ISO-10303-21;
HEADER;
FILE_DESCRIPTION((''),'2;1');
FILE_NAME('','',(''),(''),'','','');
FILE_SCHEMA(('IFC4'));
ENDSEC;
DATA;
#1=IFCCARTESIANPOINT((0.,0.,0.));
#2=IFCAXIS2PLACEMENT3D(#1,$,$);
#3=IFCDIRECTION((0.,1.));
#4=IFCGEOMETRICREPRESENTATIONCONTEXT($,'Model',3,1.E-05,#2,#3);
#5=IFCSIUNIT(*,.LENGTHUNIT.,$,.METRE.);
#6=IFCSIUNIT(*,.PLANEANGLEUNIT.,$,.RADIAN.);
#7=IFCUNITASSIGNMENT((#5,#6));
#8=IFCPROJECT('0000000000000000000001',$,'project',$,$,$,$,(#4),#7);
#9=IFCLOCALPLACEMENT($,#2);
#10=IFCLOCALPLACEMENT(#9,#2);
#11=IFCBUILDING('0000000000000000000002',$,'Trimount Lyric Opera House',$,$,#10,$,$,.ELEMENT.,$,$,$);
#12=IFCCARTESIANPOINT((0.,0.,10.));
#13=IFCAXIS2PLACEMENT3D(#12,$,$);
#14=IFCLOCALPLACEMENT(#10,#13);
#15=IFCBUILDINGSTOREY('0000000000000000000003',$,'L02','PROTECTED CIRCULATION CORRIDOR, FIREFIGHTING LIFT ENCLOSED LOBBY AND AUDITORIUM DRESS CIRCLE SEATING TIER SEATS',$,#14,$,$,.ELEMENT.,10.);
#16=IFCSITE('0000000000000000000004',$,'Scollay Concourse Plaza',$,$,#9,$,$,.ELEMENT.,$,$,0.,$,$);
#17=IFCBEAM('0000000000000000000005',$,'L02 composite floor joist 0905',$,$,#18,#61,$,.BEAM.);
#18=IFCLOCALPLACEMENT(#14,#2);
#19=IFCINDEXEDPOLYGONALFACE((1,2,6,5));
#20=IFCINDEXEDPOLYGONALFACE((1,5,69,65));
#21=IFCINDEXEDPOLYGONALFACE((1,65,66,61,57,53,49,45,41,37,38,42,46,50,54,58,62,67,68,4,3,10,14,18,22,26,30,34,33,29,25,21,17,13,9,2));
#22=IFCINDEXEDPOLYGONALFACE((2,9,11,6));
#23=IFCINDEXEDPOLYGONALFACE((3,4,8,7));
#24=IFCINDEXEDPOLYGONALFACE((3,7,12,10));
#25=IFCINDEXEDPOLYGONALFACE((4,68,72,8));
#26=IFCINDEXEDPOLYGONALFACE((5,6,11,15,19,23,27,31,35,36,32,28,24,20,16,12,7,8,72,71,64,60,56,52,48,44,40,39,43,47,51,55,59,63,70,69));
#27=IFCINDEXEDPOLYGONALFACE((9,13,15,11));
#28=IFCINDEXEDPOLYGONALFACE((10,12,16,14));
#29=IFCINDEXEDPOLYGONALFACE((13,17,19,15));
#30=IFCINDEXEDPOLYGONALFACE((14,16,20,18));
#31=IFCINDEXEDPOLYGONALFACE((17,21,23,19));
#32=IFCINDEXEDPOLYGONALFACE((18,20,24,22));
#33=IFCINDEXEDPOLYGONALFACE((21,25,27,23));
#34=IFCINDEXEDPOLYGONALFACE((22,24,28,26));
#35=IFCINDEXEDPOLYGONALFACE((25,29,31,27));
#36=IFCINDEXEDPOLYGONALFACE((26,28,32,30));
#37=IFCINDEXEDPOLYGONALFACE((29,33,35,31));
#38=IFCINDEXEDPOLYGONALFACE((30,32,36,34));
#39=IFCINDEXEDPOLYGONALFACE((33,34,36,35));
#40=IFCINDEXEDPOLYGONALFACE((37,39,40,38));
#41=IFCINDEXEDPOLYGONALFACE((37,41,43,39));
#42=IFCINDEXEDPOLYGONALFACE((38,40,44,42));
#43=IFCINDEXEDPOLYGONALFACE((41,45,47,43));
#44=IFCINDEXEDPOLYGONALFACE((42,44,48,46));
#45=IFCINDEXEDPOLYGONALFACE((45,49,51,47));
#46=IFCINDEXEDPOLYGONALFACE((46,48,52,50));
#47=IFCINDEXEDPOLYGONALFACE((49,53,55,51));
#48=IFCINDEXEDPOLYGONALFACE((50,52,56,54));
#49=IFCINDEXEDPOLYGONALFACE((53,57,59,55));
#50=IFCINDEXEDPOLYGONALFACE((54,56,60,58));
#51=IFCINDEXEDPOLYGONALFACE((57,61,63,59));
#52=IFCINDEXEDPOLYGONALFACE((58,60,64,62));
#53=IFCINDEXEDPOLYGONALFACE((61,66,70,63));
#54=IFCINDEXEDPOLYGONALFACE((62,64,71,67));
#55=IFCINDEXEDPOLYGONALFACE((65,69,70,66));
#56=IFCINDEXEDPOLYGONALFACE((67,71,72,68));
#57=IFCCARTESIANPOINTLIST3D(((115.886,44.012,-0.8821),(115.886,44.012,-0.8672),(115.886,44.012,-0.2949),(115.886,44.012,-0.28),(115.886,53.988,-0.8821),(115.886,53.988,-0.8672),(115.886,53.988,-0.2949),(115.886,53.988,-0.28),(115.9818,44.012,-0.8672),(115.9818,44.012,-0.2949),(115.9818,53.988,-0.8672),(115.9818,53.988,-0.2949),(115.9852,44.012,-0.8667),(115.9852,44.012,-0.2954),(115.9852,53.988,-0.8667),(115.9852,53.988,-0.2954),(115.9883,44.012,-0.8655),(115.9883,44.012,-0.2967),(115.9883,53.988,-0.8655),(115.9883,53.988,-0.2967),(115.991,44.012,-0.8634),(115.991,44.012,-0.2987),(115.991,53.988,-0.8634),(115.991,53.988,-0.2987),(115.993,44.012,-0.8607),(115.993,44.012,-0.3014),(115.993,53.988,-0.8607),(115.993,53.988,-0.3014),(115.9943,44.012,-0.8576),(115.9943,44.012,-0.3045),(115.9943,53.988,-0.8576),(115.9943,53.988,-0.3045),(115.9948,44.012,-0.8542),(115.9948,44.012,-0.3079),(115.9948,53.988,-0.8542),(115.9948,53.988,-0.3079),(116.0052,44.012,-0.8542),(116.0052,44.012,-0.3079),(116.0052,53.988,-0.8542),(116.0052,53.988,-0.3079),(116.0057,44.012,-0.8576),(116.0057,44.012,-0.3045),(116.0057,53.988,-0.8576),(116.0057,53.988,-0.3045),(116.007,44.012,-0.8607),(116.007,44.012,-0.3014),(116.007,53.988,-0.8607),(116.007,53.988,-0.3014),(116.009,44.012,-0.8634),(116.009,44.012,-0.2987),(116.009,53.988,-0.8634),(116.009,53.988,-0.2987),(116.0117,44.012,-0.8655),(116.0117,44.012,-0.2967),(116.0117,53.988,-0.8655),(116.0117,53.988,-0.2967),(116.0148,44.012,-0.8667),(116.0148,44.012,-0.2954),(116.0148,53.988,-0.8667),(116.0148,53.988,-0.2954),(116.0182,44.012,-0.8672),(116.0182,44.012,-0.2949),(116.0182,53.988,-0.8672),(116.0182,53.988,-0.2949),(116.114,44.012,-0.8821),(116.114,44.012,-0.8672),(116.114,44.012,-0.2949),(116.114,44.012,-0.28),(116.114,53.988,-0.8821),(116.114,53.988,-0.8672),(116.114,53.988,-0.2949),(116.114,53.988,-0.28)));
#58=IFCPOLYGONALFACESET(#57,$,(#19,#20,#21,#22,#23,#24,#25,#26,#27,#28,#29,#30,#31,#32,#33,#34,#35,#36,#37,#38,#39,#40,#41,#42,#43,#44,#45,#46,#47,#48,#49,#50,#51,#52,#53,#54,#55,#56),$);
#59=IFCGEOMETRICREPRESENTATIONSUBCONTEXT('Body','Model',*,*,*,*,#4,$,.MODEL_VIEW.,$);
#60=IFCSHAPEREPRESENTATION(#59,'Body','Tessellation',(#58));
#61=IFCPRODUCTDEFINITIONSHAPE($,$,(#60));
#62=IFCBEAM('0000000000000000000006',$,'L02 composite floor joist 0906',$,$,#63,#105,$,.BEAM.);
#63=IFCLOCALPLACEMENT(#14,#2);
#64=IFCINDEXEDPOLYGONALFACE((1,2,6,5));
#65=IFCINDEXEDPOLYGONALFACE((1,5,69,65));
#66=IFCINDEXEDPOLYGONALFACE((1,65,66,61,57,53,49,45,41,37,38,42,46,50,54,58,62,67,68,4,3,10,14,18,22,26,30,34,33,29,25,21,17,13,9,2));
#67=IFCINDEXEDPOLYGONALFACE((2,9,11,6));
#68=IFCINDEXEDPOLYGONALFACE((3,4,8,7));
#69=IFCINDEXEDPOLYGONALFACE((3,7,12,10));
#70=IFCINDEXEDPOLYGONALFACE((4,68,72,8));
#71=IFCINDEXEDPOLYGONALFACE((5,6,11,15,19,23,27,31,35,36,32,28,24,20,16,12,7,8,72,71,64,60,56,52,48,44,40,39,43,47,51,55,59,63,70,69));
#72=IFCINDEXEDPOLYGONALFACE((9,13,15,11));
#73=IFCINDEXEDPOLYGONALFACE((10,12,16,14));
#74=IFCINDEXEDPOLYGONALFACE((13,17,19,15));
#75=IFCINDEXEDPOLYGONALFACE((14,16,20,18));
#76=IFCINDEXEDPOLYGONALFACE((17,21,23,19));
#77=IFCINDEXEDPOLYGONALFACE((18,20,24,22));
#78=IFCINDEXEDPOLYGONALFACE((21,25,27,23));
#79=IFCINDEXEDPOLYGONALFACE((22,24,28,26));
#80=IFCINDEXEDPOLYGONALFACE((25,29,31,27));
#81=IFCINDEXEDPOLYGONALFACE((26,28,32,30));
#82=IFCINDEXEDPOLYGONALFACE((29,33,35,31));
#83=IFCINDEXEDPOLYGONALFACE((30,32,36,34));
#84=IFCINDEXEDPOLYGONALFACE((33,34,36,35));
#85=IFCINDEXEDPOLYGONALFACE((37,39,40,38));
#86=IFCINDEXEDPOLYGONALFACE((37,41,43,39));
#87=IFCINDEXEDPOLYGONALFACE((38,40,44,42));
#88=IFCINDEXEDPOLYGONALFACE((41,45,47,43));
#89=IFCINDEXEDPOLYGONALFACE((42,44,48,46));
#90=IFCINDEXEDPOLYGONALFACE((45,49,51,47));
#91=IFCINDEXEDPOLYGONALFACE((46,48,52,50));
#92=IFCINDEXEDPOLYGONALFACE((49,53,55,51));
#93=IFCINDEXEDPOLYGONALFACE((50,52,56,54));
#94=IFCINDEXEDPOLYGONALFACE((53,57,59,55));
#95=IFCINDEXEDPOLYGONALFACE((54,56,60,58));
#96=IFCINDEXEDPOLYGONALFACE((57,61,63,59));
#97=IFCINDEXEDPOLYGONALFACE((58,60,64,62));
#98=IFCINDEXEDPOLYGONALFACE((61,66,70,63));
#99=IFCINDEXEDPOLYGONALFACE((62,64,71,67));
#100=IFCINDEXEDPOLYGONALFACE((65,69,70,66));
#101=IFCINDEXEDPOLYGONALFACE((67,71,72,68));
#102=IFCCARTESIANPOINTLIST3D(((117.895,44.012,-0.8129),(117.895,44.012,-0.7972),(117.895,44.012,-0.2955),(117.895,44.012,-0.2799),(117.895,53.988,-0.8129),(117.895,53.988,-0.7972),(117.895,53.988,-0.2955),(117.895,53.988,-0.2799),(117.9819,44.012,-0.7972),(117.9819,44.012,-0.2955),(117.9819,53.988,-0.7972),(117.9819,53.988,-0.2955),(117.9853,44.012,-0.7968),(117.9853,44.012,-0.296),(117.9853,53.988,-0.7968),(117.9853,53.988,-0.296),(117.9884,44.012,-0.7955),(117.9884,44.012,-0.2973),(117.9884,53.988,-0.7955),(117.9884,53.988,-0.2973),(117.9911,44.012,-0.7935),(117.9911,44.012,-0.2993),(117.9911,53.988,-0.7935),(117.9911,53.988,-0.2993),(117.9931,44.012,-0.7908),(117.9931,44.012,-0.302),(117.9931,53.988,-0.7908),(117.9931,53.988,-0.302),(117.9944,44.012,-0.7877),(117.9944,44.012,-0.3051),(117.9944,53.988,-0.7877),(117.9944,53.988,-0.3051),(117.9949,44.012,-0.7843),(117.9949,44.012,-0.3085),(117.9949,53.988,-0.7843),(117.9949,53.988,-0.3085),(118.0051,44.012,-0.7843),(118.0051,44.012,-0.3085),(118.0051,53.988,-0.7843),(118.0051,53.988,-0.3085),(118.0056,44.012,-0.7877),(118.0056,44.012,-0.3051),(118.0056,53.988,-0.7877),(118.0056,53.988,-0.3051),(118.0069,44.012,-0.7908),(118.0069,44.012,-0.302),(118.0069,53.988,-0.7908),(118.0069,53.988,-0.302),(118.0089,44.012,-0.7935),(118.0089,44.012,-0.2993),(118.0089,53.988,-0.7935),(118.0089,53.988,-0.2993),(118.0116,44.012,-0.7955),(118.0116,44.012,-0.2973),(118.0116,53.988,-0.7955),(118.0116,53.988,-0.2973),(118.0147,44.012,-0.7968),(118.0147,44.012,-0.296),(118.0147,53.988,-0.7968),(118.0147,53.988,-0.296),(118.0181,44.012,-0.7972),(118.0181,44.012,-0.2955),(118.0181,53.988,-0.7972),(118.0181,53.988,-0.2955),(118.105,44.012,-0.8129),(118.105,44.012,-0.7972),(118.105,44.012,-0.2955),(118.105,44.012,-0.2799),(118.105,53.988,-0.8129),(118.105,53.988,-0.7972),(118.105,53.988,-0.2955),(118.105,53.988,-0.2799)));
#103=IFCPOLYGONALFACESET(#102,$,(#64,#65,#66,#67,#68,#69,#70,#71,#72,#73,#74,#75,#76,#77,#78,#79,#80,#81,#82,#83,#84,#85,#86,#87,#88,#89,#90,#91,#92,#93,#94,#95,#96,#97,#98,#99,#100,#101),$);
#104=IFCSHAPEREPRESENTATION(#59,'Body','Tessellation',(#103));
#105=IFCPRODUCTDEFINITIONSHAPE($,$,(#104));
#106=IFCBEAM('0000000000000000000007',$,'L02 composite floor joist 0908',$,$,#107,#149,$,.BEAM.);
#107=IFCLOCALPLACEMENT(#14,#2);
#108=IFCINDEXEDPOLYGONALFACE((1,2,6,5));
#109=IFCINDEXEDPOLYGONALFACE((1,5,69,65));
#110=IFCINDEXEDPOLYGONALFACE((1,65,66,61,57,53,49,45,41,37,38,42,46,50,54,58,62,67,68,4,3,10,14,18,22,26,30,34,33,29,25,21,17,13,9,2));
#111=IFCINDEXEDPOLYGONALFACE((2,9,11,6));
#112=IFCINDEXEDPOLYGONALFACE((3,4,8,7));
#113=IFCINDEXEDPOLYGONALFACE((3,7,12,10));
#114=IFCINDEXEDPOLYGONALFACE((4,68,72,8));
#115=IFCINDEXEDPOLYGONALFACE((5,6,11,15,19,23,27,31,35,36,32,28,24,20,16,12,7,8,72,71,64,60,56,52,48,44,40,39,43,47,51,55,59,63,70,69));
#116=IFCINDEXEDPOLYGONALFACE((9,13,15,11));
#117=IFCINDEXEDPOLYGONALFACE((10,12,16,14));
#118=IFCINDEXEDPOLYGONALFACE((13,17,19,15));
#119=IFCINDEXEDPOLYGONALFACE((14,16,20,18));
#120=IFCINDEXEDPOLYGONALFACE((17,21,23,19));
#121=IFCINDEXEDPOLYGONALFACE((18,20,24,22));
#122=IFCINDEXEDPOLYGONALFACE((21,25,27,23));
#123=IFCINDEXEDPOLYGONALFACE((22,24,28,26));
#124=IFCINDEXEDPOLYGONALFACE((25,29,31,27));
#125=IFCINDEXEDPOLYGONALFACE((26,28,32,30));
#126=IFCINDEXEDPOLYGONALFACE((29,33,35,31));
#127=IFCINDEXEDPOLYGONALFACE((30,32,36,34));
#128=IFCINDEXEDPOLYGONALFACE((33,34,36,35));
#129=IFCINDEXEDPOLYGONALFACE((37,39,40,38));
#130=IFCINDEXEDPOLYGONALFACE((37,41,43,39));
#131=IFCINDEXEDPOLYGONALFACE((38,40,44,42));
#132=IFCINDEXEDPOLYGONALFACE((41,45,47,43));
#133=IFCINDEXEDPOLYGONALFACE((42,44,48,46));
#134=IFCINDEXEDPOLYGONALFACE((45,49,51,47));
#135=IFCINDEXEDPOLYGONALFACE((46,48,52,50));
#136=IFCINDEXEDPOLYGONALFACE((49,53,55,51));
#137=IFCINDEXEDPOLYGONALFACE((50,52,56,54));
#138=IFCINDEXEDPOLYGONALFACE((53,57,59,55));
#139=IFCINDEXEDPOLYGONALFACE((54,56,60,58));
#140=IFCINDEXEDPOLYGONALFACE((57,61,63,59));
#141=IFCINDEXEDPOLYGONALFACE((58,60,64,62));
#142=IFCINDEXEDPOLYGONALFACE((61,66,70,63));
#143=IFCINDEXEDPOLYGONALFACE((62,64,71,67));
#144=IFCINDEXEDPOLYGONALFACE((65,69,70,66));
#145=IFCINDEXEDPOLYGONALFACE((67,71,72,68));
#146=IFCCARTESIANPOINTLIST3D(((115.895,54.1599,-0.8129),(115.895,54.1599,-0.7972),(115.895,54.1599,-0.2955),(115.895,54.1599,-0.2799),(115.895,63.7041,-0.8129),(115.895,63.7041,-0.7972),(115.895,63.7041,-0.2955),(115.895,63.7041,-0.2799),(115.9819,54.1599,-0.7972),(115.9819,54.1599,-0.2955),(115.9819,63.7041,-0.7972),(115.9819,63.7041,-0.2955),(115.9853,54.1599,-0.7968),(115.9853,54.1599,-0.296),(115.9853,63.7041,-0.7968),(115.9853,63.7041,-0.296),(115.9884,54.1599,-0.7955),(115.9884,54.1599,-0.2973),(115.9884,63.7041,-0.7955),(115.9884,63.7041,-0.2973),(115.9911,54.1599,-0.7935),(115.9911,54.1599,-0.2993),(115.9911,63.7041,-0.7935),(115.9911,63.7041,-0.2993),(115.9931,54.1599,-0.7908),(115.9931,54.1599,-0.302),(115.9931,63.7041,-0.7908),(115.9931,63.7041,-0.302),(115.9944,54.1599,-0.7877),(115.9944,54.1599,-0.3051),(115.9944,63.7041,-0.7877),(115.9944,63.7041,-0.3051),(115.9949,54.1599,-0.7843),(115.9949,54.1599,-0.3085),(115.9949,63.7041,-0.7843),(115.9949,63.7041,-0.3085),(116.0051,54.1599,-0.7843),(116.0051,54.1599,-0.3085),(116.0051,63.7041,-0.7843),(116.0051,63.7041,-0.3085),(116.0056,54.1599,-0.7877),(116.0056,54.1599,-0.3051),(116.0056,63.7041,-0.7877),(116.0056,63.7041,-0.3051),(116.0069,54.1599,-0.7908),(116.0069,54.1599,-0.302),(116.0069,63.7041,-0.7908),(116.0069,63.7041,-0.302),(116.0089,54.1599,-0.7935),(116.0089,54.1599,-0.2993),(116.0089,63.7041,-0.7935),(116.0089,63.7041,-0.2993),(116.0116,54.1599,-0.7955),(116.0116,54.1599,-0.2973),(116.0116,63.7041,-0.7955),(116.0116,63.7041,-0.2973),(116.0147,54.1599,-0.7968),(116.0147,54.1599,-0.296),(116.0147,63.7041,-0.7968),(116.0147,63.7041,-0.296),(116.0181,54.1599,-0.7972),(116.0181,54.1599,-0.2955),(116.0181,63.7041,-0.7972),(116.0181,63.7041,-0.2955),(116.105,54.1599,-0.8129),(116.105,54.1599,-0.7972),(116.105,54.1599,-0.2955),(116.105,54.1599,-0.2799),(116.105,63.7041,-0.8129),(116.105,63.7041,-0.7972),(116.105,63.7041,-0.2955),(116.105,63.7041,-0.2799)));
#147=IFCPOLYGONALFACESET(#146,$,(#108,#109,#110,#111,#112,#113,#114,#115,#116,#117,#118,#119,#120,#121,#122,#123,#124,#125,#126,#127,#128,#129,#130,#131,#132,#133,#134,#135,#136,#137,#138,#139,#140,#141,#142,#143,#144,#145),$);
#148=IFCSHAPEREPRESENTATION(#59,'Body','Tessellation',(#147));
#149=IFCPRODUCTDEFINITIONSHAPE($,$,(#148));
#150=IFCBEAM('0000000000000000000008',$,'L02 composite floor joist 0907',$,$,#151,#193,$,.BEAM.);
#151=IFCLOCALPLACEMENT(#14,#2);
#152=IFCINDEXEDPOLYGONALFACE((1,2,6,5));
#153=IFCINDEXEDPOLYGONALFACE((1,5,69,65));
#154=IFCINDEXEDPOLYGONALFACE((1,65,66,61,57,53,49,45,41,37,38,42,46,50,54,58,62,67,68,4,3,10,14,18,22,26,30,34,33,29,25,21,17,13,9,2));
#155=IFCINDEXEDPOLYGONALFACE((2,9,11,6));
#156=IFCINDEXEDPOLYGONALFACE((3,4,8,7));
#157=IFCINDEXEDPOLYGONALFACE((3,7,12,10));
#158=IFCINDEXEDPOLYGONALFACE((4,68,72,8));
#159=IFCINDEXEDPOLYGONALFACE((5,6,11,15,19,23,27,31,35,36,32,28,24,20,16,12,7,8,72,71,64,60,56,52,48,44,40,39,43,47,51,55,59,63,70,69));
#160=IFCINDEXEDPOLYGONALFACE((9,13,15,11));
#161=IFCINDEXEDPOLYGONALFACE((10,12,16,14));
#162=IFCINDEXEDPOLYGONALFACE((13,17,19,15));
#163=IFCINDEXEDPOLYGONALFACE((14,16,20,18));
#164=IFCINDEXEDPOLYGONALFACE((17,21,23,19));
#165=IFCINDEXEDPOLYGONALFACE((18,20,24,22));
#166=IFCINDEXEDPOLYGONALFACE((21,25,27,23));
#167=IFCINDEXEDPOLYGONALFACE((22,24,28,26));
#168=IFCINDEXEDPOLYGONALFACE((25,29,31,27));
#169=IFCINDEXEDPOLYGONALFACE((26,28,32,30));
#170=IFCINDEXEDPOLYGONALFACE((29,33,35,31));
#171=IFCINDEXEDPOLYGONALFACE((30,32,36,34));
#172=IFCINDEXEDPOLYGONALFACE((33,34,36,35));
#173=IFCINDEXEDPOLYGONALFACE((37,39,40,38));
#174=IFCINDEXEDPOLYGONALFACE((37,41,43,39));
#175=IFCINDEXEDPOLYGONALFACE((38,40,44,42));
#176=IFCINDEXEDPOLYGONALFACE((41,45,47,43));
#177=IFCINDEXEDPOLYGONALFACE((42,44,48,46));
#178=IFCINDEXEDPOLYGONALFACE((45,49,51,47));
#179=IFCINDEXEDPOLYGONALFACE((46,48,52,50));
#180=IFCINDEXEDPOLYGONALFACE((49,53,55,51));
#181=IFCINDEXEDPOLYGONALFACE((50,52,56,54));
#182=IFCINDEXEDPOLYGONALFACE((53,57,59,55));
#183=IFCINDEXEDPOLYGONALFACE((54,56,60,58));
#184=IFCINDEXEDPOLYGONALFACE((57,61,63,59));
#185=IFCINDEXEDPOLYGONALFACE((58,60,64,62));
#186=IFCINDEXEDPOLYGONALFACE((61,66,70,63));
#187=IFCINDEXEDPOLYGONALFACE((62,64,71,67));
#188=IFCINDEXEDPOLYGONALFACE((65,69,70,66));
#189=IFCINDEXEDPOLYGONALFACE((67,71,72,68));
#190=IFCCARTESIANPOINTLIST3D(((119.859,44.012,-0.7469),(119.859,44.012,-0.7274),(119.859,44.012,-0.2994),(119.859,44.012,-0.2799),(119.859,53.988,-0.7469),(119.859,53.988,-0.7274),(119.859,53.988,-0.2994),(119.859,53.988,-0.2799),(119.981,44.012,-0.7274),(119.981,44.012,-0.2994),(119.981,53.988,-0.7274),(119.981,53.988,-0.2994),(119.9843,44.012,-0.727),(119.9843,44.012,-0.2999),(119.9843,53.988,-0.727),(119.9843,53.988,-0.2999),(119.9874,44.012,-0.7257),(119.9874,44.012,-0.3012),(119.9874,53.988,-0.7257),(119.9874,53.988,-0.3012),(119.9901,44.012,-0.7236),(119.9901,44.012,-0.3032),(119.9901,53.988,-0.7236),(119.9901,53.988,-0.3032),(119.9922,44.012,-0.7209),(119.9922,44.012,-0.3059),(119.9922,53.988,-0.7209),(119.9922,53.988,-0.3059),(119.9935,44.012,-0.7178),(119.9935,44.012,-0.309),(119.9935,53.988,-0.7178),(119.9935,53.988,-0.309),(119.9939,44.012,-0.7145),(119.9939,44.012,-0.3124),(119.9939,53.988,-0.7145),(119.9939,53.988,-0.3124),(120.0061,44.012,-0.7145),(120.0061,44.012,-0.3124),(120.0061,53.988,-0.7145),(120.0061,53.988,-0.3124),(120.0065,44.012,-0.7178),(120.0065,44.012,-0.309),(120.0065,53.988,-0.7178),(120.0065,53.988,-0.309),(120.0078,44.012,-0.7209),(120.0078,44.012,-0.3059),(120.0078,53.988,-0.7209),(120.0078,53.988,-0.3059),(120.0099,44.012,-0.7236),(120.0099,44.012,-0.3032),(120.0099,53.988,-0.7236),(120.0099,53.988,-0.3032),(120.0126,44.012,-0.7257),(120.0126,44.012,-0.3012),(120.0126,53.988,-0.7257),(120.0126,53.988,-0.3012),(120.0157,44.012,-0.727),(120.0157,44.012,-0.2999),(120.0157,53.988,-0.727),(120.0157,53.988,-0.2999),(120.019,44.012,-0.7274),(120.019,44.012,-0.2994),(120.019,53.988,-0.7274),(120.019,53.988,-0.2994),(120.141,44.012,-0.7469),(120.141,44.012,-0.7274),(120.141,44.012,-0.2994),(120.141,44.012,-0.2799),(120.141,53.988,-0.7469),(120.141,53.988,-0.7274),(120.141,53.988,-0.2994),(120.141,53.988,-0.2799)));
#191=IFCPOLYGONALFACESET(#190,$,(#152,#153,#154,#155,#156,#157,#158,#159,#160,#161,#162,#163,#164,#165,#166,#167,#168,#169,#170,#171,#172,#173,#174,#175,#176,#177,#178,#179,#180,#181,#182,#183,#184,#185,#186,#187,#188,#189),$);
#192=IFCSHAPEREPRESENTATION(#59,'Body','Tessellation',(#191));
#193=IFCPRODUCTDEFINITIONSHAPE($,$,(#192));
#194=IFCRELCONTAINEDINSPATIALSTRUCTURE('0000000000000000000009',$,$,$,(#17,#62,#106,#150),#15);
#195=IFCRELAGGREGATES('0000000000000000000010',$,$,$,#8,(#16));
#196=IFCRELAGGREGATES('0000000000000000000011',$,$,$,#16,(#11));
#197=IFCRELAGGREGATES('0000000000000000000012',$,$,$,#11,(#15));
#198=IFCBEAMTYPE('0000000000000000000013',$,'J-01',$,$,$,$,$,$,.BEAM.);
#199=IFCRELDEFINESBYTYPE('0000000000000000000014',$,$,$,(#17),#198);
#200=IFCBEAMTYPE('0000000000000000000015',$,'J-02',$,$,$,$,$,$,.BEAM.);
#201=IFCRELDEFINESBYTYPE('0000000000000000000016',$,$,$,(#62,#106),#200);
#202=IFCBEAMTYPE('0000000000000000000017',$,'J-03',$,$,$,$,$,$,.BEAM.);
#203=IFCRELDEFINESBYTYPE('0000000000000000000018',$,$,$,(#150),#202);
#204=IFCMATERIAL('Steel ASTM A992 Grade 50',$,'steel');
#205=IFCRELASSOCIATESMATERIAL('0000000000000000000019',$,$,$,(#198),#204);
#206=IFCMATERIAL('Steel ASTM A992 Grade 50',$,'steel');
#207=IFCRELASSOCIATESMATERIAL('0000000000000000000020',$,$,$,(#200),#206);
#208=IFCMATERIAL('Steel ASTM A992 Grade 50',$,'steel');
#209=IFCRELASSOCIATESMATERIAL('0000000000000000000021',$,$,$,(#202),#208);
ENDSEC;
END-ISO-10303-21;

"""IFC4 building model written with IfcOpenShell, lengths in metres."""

from ifc_helpers import new_model, si_unit, direction, frame, origin, origin_2d, place, context, subcontext, project, spatial, i_section, extrude, material, material_profile, profile_set, type_object, element, save


model = new_model("IFC4")

# Units and contexts
model_context = context("Model", 3, precision=1e-05, world=origin(), true_north=direction((0.0, 1.0)))
body_context = subcontext(model_context, "Body", "Model", "MODEL_VIEW")
ifc_project = project(units=[si_unit("LENGTHUNIT", "METRE"), si_unit("PLANEANGLEUNIT", "RADIAN")], contexts=[model_context])

# Site, building, storey
site_placement = place(None, origin())
site = spatial("IfcSite", under=ifc_project, at=site_placement, Name="Scollay Concourse Plaza", CompositionType="ELEMENT", RefElevation=0.0)
building_placement = place(site_placement, origin())
building = spatial("IfcBuilding", under=site, at=building_placement, Name="Trimount Lyric Opera House", CompositionType="ELEMENT")
storey_placement = place(building_placement, frame((0.0, 0.0, 10.0)))
storey = spatial("IfcBuildingStorey", under=building, at=storey_placement, Name="L02", Description="PROTECTED CIRCULATION CORRIDOR, FIREFIGHTING LIFT ENCLOSED LOBBY AND AUDITORIUM DRESS CIRCLE SEATING TIER SEATS", CompositionType="ELEMENT", Elevation=10.0)

# Beams
ifc_material_1 = material(Name="Steel ASTM A992 Grade 50", Category="steel")
ifc_material_profile_1 = material_profile(ifc_material_1, i_section(OverallWidth=0.228, OverallDepth=0.6021, WebThickness=0.0105, FlangeThickness=0.0149, FilletRadius=0.0129, at=origin_2d()), Name="W24X68")
ifc_profile_set_1 = profile_set([ifc_material_profile_1], Name="Steel ASTM A992 Grade 50")
beam_type_1 = type_object("IfcBeamType", Name="J-01", PredefinedType="BEAM", material=ifc_profile_set_1)
beam_1_placement = place(storey_placement, frame((116.0, 44.012, -0.5811), z_axis=(0.0, 1.0, 0.0), x_axis=(-1.0, 0.0, 0.0)))
element("IfcBeam", 1, at=beam_1_placement, inside=storey, type_object=beam_type_1, Name="L02 composite floor joist 0905", PredefinedType="BEAM", context=body_context, shape_type="SweptSolid", body=[
    extrude(i_section(OverallWidth=0.228, OverallDepth=0.6021, WebThickness=0.0105, FlangeThickness=0.0149, FilletRadius=0.0129, at=origin_2d()), origin(), (0.0, 0.0, 1.0), 9.9761),
])
ifc_material_2 = material(Name="Steel ASTM A992 Grade 50", Category="steel")
ifc_material_profile_2 = material_profile(ifc_material_2, i_section(OverallWidth=0.21, OverallDepth=0.533, WebThickness=0.0103, FlangeThickness=0.0156, FilletRadius=0.0129, at=origin_2d()), Name="W21X62")
ifc_profile_set_2 = profile_set([ifc_material_profile_2], Name="Steel ASTM A992 Grade 50")
beam_type_2 = type_object("IfcBeamType", Name="J-02", PredefinedType="BEAM", material=ifc_profile_set_2)
beam_2_placement = place(storey_placement, frame((118.0, 44.012, -0.5464), z_axis=(0.0, 1.0, 0.0), x_axis=(-1.0, 0.0, 0.0)))
element("IfcBeam", 2, at=beam_2_placement, inside=storey, type_object=beam_type_2, Name="L02 composite floor joist 0906", PredefinedType="BEAM", context=body_context, shape_type="SweptSolid", body=[
    extrude(i_section(OverallWidth=0.21, OverallDepth=0.533, WebThickness=0.0103, FlangeThickness=0.0156, FilletRadius=0.0129, at=origin_2d()), origin(), (0.0, 0.0, 1.0), 9.9761),
])
beam_3_placement = place(storey_placement, frame((116.0, 54.1599, -0.5464), z_axis=(0.0, 1.0, 0.0), x_axis=(-1.0, 0.0, 0.0)))
element("IfcBeam", 3, at=beam_3_placement, inside=storey, type_object=beam_type_2, Name="L02 composite floor joist 0908", PredefinedType="BEAM", context=body_context, shape_type="SweptSolid", body=[
    extrude(i_section(OverallWidth=0.21, OverallDepth=0.533, WebThickness=0.0103, FlangeThickness=0.0156, FilletRadius=0.0129, at=origin_2d()), origin(), (0.0, 0.0, 1.0), 9.5442),
])
ifc_material_3 = material(Name="Steel ASTM A992 Grade 50", Category="steel")
ifc_material_profile_3 = material_profile(ifc_material_3, i_section(OverallWidth=0.282, OverallDepth=0.467, WebThickness=0.0122, FlangeThickness=0.0195, FilletRadius=0.0129, at=origin_2d()), Name="W18X86")
ifc_profile_set_3 = profile_set([ifc_material_profile_3], Name="Steel ASTM A992 Grade 50")
beam_type_3 = type_object("IfcBeamType", Name="J-03", PredefinedType="BEAM", material=ifc_profile_set_3)
beam_4_placement = place(storey_placement, frame((120.0, 44.012, -0.5134), z_axis=(0.0, 1.0, 0.0), x_axis=(-1.0, 0.0, 0.0)))
element("IfcBeam", 4, at=beam_4_placement, inside=storey, type_object=beam_type_3, Name="L02 composite floor joist 0907", PredefinedType="BEAM", context=body_context, shape_type="SweptSolid", body=[
    extrude(i_section(OverallWidth=0.282, OverallDepth=0.467, WebThickness=0.0122, FlangeThickness=0.0195, FilletRadius=0.0129, at=origin_2d()), origin(), (0.0, 0.0, 1.0), 9.9761),
])

save(model, "model.ifc")
